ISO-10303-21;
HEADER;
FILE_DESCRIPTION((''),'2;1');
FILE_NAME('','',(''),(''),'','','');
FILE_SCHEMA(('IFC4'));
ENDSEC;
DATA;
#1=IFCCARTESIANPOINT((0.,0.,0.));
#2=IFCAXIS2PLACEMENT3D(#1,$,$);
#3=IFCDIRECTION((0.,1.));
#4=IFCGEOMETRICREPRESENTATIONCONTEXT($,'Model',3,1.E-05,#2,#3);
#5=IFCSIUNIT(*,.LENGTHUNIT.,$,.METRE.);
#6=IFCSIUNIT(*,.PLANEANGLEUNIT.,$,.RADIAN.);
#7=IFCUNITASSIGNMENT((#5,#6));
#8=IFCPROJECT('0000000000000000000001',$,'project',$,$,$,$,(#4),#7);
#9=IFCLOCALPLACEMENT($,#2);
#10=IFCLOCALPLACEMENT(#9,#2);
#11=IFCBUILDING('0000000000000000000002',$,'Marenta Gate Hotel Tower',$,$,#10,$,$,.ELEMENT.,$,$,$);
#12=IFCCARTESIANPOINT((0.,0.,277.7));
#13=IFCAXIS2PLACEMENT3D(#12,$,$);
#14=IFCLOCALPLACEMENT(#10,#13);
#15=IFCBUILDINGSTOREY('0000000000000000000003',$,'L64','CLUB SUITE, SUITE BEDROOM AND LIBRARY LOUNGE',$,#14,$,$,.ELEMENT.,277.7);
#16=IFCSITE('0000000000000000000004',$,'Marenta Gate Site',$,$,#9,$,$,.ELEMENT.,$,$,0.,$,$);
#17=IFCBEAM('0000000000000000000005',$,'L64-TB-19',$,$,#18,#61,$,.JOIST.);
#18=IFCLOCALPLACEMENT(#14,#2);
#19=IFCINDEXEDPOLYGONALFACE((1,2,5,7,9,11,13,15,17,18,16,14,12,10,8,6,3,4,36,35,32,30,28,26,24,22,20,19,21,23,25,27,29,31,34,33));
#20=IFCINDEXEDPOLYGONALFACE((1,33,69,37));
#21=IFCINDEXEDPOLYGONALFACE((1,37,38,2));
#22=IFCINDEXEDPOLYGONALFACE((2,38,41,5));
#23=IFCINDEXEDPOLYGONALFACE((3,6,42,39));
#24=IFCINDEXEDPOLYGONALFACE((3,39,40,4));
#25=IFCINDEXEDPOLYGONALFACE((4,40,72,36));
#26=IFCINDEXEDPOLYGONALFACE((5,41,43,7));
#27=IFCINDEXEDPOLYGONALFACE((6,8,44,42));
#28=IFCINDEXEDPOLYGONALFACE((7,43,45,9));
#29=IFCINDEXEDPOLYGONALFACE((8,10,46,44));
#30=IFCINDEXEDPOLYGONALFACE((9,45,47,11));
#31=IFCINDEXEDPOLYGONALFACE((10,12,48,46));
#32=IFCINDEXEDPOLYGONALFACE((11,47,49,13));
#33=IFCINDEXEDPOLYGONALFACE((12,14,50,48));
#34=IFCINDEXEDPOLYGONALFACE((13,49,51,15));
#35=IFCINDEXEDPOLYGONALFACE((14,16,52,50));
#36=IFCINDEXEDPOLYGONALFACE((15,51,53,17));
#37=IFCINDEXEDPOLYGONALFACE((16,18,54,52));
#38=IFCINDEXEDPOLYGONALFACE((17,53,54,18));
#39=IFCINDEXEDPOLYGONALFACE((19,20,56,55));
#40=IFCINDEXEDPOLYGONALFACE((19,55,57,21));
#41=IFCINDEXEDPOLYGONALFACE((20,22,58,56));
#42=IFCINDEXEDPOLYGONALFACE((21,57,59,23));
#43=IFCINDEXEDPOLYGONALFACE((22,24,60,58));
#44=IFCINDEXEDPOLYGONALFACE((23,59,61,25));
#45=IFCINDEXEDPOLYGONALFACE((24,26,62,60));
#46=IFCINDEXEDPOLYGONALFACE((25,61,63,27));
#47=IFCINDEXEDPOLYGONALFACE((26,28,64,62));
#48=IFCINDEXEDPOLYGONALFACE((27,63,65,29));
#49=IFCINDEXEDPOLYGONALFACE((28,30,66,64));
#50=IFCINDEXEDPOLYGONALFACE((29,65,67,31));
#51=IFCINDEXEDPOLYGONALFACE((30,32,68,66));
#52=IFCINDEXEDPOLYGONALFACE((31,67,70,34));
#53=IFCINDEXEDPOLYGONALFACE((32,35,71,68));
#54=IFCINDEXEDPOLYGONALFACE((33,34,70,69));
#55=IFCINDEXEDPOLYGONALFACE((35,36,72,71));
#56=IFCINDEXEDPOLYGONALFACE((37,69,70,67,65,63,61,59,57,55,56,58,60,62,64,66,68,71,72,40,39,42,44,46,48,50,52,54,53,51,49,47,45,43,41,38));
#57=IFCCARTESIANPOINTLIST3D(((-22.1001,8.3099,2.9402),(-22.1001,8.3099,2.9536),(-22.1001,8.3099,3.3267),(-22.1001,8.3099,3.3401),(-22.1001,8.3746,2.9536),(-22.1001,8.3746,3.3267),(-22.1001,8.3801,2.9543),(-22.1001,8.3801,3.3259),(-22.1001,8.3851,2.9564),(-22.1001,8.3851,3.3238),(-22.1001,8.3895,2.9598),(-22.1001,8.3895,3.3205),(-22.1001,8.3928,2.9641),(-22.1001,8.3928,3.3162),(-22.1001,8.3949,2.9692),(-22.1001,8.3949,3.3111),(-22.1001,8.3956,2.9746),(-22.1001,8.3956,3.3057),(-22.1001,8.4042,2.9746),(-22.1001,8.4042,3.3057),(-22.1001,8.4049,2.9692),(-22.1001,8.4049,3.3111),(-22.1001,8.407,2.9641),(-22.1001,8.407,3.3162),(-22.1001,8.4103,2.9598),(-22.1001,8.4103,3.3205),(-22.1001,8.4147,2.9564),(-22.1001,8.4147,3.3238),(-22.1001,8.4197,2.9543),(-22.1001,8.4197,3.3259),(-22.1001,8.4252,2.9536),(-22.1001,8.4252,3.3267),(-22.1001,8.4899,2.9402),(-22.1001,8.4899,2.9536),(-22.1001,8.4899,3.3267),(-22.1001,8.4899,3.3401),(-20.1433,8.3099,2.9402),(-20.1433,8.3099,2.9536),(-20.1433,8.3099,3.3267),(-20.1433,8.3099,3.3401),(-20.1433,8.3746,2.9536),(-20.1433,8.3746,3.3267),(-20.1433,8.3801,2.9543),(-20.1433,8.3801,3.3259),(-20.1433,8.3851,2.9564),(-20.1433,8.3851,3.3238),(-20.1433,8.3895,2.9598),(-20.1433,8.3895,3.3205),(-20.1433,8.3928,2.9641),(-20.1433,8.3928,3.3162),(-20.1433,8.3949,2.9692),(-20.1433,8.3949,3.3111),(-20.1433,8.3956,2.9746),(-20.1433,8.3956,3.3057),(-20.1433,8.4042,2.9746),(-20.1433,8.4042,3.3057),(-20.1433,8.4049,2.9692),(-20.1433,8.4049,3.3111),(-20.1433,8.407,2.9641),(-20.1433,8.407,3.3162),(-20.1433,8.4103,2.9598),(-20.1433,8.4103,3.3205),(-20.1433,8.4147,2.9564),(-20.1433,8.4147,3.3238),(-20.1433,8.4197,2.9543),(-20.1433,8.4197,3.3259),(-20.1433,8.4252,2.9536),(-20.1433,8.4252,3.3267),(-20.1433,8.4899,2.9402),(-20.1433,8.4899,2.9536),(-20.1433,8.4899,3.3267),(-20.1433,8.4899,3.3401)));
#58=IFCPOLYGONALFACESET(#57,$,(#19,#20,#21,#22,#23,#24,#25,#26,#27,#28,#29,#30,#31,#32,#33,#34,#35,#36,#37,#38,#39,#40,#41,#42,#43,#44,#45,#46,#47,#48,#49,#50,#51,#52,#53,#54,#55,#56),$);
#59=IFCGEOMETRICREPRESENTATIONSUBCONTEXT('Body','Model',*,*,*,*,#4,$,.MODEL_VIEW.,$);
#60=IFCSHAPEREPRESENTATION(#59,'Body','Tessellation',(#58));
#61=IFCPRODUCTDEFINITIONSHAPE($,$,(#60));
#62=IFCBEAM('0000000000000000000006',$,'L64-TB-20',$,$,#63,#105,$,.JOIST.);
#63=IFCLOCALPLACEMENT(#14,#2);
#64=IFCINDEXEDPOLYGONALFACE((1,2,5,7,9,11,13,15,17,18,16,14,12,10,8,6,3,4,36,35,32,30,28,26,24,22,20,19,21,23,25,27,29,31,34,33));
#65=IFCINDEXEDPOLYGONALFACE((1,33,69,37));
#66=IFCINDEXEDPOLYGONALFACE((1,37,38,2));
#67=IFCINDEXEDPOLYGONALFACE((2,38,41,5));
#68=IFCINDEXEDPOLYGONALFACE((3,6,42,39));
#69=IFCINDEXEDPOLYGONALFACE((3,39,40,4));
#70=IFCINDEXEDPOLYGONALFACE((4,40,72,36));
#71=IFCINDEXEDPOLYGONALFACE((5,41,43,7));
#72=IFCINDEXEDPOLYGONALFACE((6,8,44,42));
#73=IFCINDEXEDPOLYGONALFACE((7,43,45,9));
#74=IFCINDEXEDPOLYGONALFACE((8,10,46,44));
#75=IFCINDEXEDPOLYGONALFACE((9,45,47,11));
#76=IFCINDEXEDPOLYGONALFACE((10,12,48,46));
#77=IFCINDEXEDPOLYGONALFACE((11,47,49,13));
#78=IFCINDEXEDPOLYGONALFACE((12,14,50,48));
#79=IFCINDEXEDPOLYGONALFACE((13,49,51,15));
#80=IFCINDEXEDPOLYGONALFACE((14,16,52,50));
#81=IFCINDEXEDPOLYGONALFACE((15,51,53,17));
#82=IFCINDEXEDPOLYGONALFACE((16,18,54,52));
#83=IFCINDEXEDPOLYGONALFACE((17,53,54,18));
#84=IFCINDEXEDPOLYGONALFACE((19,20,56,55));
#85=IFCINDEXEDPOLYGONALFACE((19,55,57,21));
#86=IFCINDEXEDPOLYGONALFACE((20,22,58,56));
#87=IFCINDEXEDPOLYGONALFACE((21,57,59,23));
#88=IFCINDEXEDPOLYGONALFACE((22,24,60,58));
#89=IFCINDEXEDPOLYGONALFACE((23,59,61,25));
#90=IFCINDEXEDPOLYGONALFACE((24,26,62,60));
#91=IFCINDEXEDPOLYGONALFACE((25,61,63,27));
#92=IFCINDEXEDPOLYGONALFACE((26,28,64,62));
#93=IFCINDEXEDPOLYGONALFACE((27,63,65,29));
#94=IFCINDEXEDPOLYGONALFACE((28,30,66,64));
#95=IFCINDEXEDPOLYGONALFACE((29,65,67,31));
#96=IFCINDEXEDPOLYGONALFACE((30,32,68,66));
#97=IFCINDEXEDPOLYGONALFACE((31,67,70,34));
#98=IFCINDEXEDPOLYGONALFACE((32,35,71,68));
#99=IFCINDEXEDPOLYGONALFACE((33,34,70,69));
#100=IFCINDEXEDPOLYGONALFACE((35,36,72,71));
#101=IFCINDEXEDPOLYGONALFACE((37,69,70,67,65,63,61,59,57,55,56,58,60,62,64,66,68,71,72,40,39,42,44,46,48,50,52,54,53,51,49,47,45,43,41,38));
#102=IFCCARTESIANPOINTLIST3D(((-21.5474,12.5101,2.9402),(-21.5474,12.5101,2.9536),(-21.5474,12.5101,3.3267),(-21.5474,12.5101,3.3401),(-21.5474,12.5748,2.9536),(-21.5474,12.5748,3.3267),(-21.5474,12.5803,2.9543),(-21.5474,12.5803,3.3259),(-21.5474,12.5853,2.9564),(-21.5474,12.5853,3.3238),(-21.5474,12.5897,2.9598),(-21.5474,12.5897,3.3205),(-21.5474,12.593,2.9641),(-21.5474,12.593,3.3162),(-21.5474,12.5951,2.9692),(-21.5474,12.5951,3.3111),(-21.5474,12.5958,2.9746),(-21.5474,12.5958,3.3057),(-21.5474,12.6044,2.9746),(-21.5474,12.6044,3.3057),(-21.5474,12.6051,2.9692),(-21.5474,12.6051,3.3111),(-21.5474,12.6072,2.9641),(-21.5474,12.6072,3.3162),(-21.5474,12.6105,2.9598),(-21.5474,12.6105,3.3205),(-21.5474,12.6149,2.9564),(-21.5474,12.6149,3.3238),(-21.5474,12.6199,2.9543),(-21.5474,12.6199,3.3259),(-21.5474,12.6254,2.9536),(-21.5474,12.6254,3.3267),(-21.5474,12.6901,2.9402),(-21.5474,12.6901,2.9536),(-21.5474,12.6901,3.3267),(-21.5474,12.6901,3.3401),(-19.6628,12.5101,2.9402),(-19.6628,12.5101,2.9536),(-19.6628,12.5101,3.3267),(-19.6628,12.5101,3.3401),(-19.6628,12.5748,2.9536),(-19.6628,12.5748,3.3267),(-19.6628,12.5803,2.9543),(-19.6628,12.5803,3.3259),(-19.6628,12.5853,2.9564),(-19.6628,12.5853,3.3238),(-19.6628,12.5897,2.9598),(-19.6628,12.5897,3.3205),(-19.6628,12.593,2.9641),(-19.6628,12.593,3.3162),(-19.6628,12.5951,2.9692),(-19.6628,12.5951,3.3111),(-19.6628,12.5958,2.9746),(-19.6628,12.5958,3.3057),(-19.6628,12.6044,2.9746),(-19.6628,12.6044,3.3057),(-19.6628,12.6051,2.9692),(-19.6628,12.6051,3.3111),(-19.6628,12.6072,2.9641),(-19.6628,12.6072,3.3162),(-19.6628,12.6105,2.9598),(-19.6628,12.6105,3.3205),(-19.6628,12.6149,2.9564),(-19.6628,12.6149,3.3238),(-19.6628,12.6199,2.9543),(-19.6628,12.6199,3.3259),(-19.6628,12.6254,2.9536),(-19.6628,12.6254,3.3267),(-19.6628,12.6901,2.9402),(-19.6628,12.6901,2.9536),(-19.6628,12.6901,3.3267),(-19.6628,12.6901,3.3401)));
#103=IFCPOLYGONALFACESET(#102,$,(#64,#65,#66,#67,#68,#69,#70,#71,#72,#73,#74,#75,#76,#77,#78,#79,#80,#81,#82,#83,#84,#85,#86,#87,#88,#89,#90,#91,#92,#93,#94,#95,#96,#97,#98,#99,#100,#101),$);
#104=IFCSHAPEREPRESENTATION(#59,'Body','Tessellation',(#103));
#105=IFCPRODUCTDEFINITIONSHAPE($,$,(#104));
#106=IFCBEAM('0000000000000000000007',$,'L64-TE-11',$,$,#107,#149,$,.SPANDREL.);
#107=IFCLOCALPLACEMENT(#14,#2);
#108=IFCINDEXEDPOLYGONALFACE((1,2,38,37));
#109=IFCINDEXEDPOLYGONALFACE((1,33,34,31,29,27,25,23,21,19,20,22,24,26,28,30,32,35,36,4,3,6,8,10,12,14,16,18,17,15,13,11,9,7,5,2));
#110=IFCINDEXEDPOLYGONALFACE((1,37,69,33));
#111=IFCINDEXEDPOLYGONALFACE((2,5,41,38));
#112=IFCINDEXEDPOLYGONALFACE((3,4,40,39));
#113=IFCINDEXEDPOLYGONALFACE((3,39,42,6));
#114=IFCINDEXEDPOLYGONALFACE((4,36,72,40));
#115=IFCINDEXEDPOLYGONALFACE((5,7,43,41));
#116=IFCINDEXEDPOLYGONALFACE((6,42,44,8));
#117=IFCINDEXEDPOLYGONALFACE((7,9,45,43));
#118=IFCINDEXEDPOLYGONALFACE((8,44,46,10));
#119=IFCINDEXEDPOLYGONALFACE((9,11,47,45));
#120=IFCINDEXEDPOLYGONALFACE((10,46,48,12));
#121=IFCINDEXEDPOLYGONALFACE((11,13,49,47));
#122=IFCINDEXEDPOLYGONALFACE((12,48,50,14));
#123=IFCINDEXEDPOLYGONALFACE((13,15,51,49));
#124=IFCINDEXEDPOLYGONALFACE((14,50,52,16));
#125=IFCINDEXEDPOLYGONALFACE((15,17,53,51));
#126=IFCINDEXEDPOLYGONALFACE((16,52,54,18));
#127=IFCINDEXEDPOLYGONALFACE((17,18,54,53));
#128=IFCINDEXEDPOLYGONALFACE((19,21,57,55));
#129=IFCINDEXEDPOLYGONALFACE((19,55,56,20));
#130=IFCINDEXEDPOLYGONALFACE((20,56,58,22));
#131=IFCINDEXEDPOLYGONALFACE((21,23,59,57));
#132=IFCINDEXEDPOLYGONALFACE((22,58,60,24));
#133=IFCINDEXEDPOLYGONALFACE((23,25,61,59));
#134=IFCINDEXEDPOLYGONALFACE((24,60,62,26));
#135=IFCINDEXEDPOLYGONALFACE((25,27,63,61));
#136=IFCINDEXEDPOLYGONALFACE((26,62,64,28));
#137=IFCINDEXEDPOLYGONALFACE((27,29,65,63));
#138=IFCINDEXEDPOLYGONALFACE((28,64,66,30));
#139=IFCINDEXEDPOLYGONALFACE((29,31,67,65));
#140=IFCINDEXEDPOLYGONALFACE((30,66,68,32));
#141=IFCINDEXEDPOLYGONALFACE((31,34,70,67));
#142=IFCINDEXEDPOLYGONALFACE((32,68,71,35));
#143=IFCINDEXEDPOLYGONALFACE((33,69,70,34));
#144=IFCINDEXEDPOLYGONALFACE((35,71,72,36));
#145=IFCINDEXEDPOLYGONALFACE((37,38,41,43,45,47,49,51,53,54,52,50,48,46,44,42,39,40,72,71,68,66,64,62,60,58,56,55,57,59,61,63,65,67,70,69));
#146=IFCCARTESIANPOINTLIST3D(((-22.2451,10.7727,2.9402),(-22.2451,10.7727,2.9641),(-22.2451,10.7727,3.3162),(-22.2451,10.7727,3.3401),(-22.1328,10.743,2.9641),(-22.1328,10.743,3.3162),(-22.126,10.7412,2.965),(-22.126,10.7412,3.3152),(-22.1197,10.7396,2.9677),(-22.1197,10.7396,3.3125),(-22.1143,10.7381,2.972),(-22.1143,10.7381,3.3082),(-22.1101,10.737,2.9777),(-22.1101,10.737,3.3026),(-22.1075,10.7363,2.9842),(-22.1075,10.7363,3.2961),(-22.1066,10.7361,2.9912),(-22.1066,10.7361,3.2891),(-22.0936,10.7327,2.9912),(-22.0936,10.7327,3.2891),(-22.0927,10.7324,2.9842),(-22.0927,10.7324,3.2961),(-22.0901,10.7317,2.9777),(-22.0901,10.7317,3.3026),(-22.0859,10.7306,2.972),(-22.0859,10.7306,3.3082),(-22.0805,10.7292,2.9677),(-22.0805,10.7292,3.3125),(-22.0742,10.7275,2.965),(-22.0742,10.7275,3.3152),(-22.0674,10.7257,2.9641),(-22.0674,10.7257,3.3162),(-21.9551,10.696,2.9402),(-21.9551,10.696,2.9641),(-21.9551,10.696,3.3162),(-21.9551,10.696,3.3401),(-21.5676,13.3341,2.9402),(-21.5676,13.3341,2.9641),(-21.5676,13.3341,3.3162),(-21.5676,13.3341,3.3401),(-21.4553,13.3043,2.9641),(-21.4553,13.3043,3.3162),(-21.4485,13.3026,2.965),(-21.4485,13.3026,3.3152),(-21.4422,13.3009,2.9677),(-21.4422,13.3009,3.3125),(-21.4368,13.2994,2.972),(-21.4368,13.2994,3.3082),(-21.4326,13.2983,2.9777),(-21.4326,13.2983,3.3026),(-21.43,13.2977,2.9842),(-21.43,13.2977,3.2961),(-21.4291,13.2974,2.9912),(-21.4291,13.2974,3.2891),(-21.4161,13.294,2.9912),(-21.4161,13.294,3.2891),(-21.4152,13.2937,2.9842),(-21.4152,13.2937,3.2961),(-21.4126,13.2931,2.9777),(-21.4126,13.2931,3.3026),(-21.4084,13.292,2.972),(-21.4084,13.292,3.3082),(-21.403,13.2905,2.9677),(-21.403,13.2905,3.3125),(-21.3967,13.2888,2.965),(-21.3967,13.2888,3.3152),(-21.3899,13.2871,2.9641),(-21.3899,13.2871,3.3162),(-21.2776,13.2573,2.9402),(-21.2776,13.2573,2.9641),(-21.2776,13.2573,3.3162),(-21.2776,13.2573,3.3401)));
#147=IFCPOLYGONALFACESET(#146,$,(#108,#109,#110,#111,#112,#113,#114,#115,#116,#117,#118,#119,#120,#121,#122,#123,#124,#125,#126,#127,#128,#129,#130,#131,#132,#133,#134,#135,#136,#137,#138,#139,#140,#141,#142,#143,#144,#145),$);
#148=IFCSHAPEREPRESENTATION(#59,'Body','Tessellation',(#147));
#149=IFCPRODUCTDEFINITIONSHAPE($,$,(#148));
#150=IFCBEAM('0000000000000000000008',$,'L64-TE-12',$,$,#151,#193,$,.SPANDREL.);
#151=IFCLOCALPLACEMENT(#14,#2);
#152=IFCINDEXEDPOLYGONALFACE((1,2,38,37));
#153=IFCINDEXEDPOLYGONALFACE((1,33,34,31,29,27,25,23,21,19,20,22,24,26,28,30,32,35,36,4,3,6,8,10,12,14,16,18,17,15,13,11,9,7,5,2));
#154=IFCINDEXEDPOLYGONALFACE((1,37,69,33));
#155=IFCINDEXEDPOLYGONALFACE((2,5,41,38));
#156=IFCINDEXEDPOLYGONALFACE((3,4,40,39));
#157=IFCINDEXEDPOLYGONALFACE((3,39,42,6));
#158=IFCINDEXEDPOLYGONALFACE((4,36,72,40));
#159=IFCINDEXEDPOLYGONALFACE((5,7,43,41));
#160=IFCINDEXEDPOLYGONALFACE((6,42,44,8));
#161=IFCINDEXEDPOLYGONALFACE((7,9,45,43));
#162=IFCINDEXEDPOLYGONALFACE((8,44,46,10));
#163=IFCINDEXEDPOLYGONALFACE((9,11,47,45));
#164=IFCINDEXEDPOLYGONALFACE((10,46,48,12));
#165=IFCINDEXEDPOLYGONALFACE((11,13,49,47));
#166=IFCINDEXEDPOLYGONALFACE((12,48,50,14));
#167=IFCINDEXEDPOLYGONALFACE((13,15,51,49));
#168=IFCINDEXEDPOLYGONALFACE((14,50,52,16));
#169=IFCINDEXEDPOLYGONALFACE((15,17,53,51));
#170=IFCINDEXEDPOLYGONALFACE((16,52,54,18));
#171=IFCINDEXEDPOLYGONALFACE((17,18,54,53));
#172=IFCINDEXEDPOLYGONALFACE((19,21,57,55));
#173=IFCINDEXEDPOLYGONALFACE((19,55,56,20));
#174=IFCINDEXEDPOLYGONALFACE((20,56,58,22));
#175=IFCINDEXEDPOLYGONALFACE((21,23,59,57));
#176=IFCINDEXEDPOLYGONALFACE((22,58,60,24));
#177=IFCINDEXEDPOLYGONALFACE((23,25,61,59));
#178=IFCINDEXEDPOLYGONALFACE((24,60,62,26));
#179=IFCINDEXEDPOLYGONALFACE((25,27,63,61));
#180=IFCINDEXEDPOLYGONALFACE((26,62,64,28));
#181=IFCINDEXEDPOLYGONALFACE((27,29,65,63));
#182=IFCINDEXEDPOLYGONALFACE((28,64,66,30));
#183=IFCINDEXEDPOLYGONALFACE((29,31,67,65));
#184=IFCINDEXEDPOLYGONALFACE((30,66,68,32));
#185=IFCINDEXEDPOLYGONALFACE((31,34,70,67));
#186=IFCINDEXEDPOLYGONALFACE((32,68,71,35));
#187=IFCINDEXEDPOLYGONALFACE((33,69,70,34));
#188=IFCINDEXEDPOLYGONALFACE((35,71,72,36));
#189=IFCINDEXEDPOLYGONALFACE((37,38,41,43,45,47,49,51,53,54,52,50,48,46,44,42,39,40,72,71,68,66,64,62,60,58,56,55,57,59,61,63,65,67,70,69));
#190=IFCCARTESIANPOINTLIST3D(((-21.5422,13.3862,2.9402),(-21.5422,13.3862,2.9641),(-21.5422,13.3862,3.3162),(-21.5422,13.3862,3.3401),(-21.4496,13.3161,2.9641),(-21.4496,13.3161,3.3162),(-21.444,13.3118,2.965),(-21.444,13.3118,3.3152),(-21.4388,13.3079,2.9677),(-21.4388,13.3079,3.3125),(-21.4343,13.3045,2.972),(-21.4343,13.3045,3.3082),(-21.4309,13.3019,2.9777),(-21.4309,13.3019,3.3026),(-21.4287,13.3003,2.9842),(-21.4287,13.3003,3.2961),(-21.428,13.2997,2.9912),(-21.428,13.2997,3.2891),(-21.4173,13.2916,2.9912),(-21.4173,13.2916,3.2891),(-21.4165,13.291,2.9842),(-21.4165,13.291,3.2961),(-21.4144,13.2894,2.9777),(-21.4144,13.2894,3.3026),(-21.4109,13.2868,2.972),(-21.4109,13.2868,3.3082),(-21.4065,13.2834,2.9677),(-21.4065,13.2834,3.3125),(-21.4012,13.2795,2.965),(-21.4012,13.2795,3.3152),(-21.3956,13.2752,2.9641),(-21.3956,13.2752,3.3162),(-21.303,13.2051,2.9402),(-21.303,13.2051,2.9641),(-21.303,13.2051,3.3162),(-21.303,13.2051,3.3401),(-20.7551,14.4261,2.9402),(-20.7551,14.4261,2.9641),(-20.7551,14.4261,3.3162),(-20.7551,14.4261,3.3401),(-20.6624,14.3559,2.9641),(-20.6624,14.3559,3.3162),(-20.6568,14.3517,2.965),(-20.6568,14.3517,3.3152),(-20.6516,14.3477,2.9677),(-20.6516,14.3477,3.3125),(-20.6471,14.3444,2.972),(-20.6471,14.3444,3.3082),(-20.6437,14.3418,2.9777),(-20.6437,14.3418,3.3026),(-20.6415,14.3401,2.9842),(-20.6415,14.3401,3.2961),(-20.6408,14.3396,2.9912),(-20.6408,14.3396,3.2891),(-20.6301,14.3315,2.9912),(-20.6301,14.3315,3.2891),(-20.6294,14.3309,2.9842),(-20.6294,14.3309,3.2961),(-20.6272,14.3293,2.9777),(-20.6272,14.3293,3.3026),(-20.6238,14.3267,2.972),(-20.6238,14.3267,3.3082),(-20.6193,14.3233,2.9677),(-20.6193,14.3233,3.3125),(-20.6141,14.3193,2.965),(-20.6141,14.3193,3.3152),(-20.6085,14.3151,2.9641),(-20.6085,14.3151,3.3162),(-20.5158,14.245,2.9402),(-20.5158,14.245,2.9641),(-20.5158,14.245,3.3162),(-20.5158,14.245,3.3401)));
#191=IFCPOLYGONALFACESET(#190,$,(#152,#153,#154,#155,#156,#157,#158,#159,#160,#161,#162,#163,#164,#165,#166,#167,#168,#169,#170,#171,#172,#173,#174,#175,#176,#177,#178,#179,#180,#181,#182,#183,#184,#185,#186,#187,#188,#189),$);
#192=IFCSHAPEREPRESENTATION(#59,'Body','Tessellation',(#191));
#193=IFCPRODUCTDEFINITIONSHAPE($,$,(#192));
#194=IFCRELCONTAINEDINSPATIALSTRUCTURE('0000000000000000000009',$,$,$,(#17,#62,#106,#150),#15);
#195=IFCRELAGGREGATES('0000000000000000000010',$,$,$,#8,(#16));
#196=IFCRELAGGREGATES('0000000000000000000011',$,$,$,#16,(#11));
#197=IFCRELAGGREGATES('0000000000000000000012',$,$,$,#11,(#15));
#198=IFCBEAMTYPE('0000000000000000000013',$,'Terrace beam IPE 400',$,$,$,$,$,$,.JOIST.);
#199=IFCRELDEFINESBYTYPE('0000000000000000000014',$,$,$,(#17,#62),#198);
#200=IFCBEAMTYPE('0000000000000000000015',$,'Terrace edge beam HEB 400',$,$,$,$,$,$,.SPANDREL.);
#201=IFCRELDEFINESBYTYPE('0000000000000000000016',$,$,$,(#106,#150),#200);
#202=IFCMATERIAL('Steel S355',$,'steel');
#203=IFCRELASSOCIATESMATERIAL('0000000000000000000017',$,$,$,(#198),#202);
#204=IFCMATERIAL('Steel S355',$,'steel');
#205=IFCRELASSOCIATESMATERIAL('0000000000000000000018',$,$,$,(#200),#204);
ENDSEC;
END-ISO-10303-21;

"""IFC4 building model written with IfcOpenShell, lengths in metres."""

from ifc_helpers import new_model, si_unit, direction, frame, origin, origin_2d, place, context, subcontext, project, spatial, i_section, extrude, material, material_profile, profile_set, type_object, element, save


model = new_model("IFC4")

# Units and contexts
model_context = context("Model", 3, precision=1e-05, world=origin(), true_north=direction((0.0, 1.0)))
body_context = subcontext(model_context, "Body", "Model", "MODEL_VIEW")
ifc_project = project(units=[si_unit("LENGTHUNIT", "METRE"), si_unit("PLANEANGLEUNIT", "RADIAN")], contexts=[model_context])

# Site, building, storey
site_placement = place(None, origin())
site = spatial("IfcSite", under=ifc_project, at=site_placement, Name="Marenta Gate Site", CompositionType="ELEMENT", RefElevation=0.0)
building_placement = place(site_placement, origin())
building = spatial("IfcBuilding", under=site, at=building_placement, Name="Marenta Gate Hotel Tower", CompositionType="ELEMENT")
storey_placement = place(building_placement, frame((0.0, 0.0, 277.7)))
storey = spatial("IfcBuildingStorey", under=building, at=storey_placement, Name="L64", Description="CLUB SUITE, SUITE BEDROOM AND LIBRARY LOUNGE", CompositionType="ELEMENT", Elevation=277.7)

# Beams
ifc_material_1 = material(Name="Steel S355", Category="steel")
ifc_material_profile_1 = material_profile(ifc_material_1, i_section(OverallWidth=0.1799, OverallDepth=0.3999, WebThickness=0.0085, FlangeThickness=0.0134, FilletRadius=0.021, at=origin_2d()), Name="IPE 400")
ifc_profile_set_1 = profile_set([ifc_material_profile_1], Name="Steel S355")
beam_type_1 = type_object("IfcBeamType", Name="Terrace beam IPE 400", PredefinedType="JOIST", material=ifc_profile_set_1)
beam_1_placement = place(storey_placement, frame((-22.1001, 8.3999, 3.1401), z_axis=(1.0, 0.0, 0.0), x_axis=(0.0, 1.0, 0.0)))
element("IfcBeam", 1, at=beam_1_placement, inside=storey, type_object=beam_type_1, Name="L64-TB-19", PredefinedType="JOIST", context=body_context, shape_type="SweptSolid", body=[
    extrude(i_section(OverallWidth=0.1799, OverallDepth=0.3999, WebThickness=0.0085, FlangeThickness=0.0134, FilletRadius=0.021, at=origin_2d()), origin(), (0.0, 0.0, 1.0), 1.9568),
])
beam_2_placement = place(storey_placement, frame((-21.5474, 12.6001, 3.1401), z_axis=(1.0, 0.0, 0.0), x_axis=(0.0, 1.0, 0.0)))
element("IfcBeam", 2, at=beam_2_placement, inside=storey, type_object=beam_type_1, Name="L64-TB-20", PredefinedType="JOIST", context=body_context, shape_type="SweptSolid", body=[
    extrude(i_section(OverallWidth=0.1799, OverallDepth=0.3999, WebThickness=0.0085, FlangeThickness=0.0134, FilletRadius=0.021, at=origin_2d()), origin(), (0.0, 0.0, 1.0), 1.8845),
])
ifc_material_2 = material(Name="Steel S355", Category="steel")
ifc_material_profile_2 = material_profile(ifc_material_2, i_section(OverallWidth=0.3, OverallDepth=0.3999, WebThickness=0.0134, FlangeThickness=0.0239, FilletRadius=0.0271, at=origin_2d()), Name="HEB 400")
ifc_profile_set_2 = profile_set([ifc_material_profile_2], Name="Steel S355")
beam_type_2 = type_object("IfcBeamType", Name="Terrace edge beam HEB 400", PredefinedType="SPANDREL", material=ifc_profile_set_2)
beam_3_placement = place(storey_placement, frame((-22.1001, 10.7344, 3.1401), z_axis=(0.255718, 0.966751, 0.0), x_axis=(-0.966751, 0.255718, 0.0)))
element("IfcBeam", 3, at=beam_3_placement, inside=storey, type_object=beam_type_2, Name="L64-TE-11", PredefinedType="SPANDREL", context=body_context, shape_type="SweptSolid", body=[
    extrude(i_section(OverallWidth=0.3, OverallDepth=0.3999, WebThickness=0.0134, FlangeThickness=0.0239, FilletRadius=0.0271, at=origin_2d()), origin(), (0.0, 0.0, 1.0), 2.6494),
])
for number, where, z_axis, x_axis, name in (
    (4, (-21.4226, 13.2957, 3.1401), (0.603558, 0.797319, 0.0), (-0.797319, 0.603558, 0.0), "L64-TE-12"),
):
    element("IfcBeam", number, at=place(storey_placement, frame(where, z_axis=z_axis, x_axis=x_axis)), inside=storey, type_object=beam_type_2, Name=name, PredefinedType="SPANDREL", context=body_context, shape_type="SweptSolid", body=[
        extrude(i_section(OverallWidth=0.3, OverallDepth=0.3999, WebThickness=0.0134, FlangeThickness=0.0239, FilletRadius=0.0271, at=origin_2d()), origin(), (0.0, 0.0, 1.0), 1.3042),
    ])

save(model, "model.ifc")
